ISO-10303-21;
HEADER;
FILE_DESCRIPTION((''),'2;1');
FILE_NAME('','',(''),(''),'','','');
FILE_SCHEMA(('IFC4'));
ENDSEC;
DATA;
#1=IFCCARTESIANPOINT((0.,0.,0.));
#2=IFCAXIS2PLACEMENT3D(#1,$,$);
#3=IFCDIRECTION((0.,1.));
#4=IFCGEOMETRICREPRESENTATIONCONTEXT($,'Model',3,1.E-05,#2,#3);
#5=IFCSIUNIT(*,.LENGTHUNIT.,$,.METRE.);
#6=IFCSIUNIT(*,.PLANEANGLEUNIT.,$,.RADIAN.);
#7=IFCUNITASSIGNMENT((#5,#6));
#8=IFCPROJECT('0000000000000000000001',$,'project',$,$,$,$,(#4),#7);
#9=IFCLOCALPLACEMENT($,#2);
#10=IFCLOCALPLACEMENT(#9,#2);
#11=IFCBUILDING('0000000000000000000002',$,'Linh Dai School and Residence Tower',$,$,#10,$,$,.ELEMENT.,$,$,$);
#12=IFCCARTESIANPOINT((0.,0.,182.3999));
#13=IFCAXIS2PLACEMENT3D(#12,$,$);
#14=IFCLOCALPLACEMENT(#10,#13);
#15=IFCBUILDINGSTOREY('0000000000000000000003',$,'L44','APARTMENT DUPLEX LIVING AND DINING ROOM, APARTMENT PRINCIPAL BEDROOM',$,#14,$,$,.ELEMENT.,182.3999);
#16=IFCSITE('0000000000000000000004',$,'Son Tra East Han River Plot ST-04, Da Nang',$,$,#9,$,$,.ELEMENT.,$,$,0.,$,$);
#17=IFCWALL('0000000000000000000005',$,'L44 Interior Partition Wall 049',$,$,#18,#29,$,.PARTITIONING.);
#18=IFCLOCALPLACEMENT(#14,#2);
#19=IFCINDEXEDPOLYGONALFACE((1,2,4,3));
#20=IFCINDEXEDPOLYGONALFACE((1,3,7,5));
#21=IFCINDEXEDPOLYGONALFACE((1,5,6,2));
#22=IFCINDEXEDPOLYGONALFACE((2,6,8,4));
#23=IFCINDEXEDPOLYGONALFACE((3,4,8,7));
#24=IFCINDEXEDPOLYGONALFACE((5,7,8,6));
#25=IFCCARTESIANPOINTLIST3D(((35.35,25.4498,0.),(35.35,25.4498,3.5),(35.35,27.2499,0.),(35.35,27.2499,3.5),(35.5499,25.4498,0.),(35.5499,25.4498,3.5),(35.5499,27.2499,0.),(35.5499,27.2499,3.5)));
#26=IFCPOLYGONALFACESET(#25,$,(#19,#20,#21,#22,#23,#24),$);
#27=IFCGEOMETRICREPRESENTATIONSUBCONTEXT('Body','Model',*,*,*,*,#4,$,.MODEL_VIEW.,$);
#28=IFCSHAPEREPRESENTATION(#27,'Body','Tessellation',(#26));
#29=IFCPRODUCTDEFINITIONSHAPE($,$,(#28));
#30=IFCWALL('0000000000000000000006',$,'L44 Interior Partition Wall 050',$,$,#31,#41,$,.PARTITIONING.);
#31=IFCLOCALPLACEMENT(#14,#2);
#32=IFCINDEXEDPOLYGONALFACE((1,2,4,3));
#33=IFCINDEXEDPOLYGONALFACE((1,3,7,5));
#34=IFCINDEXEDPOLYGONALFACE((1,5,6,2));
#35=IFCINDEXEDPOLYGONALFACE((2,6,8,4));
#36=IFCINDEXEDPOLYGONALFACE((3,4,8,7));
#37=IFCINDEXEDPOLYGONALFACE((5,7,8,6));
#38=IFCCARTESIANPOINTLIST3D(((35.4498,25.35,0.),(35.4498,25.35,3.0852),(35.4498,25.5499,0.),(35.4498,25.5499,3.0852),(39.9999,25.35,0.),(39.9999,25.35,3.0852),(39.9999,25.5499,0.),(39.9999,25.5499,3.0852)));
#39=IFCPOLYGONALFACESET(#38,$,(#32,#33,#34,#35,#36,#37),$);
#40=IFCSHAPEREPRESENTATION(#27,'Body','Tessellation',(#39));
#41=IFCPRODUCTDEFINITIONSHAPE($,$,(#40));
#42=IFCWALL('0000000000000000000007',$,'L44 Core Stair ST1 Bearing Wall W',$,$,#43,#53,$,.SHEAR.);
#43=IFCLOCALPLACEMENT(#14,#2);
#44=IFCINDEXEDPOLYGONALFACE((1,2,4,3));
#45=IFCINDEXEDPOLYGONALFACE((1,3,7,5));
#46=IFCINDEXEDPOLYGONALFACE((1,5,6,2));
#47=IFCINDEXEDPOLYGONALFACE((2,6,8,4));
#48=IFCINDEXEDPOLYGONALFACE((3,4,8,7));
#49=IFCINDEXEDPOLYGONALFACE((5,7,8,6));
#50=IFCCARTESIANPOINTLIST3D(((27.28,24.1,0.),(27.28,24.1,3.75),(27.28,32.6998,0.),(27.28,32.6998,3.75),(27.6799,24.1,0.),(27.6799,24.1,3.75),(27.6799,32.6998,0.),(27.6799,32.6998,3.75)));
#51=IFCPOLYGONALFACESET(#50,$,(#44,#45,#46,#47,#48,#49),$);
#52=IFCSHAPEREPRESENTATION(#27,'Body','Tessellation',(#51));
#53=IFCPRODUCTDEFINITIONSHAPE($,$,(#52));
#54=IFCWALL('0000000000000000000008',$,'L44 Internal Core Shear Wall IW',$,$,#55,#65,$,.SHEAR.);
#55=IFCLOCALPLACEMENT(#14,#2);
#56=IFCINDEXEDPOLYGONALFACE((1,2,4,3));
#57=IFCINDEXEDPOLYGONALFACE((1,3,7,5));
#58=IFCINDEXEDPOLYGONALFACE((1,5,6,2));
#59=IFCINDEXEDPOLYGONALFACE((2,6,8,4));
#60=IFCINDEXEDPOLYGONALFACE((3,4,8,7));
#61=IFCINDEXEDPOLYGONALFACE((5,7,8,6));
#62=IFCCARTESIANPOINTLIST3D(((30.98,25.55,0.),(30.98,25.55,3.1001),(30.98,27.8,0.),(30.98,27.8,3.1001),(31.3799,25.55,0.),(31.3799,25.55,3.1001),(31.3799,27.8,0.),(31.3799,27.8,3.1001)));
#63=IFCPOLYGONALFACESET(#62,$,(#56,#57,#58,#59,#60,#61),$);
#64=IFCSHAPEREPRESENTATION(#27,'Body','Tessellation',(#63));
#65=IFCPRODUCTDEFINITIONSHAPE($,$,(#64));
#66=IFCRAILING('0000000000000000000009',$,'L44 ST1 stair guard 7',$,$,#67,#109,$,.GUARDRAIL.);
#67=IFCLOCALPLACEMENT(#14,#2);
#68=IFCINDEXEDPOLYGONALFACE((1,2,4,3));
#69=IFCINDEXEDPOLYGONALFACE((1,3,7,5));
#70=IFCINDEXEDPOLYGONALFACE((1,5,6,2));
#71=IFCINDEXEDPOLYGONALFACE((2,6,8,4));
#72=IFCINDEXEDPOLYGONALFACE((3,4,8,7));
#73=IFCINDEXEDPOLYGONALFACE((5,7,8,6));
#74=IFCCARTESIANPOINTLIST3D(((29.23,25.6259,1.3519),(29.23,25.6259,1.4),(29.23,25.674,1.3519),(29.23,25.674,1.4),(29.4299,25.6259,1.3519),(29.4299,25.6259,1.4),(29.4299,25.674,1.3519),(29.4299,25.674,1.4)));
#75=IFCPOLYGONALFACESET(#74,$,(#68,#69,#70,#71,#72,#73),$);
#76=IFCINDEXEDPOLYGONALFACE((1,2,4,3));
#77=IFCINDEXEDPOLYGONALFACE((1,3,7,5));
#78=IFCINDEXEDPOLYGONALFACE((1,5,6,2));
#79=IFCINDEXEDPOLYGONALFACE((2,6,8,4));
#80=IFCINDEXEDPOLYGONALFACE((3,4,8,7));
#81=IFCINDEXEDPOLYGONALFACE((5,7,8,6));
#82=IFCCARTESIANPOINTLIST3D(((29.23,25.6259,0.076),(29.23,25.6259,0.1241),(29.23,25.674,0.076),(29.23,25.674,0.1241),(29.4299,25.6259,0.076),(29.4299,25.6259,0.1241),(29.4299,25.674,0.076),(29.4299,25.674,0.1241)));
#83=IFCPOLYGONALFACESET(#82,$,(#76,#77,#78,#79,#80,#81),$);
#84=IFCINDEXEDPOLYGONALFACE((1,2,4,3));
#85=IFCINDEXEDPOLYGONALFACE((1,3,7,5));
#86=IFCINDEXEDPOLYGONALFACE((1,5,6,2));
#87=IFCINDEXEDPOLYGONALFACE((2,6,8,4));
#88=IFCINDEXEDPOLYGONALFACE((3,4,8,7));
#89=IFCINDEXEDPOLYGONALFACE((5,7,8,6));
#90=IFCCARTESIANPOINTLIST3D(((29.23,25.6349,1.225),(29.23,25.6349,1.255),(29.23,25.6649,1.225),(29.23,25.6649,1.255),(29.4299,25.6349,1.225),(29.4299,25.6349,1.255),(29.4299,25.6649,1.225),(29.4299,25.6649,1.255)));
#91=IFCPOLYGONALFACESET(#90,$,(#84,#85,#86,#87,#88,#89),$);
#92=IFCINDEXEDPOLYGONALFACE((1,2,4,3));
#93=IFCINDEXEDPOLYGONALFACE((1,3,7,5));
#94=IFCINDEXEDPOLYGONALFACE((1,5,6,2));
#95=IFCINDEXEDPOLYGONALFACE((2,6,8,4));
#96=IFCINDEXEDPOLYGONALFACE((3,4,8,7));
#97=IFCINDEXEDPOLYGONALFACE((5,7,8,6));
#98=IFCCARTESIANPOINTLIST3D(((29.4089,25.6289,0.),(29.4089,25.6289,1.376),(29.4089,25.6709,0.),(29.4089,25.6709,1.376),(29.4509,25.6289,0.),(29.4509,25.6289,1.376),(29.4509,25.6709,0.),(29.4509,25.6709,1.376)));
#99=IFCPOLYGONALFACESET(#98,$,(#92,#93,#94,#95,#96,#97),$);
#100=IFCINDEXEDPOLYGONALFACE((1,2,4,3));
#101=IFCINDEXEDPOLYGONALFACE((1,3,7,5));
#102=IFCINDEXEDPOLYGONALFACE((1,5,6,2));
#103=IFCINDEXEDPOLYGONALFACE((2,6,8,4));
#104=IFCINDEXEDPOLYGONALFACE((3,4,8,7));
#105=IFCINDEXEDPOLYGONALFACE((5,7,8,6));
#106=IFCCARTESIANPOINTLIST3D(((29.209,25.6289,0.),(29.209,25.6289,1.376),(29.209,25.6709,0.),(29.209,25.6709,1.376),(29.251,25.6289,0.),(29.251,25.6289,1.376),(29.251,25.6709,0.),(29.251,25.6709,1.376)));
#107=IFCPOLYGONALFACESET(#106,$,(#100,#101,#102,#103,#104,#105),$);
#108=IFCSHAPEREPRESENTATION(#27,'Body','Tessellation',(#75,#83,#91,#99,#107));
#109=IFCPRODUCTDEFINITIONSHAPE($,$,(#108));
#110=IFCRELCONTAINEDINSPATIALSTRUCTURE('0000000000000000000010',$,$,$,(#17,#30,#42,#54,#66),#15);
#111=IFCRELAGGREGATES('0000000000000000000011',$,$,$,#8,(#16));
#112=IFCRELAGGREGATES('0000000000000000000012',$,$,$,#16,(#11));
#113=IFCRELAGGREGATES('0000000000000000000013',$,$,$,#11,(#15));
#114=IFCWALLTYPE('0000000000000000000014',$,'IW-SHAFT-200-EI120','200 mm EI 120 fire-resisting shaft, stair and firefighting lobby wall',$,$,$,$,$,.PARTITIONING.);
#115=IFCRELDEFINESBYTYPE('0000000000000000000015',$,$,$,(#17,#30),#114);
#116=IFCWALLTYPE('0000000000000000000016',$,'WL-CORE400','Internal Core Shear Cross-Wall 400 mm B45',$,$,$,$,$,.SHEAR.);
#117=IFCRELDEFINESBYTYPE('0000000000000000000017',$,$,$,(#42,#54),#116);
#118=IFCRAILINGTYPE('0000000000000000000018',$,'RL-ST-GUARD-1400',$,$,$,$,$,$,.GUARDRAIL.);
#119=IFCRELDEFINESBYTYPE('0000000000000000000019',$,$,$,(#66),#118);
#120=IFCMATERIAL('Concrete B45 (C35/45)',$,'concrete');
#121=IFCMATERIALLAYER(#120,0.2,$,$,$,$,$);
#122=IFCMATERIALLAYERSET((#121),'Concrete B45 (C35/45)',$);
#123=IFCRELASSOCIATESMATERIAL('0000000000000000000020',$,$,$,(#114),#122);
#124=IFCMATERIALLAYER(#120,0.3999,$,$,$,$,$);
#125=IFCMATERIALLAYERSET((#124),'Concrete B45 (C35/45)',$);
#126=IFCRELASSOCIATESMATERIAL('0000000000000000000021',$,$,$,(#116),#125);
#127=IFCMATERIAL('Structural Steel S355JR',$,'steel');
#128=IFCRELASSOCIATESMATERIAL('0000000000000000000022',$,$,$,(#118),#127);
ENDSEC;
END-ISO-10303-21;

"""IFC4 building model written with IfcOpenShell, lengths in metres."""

from ifc_helpers import new_model, si_unit, direction, frame, frame_2d, origin, origin_2d, place, context, subcontext, project, spatial, rectangle, extrude, source, transform, mapped, material, layer, layer_set, type_object, element, save


model = new_model("IFC4")

# Units and contexts
model_context = context("Model", 3, precision=1e-05, world=origin(), true_north=direction((0.0, 1.0)))
body_context = subcontext(model_context, "Body", "Model", "MODEL_VIEW")
ifc_project = project(units=[si_unit("LENGTHUNIT", "METRE"), si_unit("PLANEANGLEUNIT", "RADIAN")], contexts=[model_context])

# Site, building, storey
site_placement = place(None, origin())
site = spatial("IfcSite", under=ifc_project, at=site_placement, Name="Son Tra East Han River Plot ST-04, Da Nang", CompositionType="ELEMENT", RefElevation=0.0)
building_placement = place(site_placement, origin())
building = spatial("IfcBuilding", under=site, at=building_placement, Name="Linh Dai School and Residence Tower", CompositionType="ELEMENT")
storey_placement = place(building_placement, frame((0.0, 0.0, 182.3999)))
storey = spatial("IfcBuildingStorey", under=building, at=storey_placement, Name="L44", Description="APARTMENT DUPLEX LIVING AND DINING ROOM, APARTMENT PRINCIPAL BEDROOM", CompositionType="ELEMENT", Elevation=182.3999)

# Shared definitions
ifc_material_1 = material(Name="Structural Steel S355JR", Category="steel")

# Shared definitions
ifc_material_2 = material(Name="Concrete B45 (C35/45)", Category="concrete")
ifc_layer_1 = layer(ifc_material_2, 0.2)
ifc_layer_set_1 = layer_set([ifc_layer_1], Name="Concrete B45 (C35/45)")
wall_type_1 = type_object("IfcWallType", Name="IW-SHAFT-200-EI120", Description="200 mm EI 120 fire-resisting shaft, stair and firefighting lobby wall", PredefinedType="PARTITIONING", material=ifc_layer_set_1)

# Walls
wall_1_placement = place(storey_placement, frame((35.45, 25.45, 0.0), z_axis=(0.0, 0.0, 1.0), x_axis=(0.0, 1.0, 0.0)))
element("IfcWall", 1, at=wall_1_placement, inside=storey, type_object=wall_type_1, Name="L44 Interior Partition Wall 049", PredefinedType="PARTITIONING", context=body_context, shape_type="SweptSolid", body=[
    extrude(rectangle(XDim=1.8, YDim=0.2, at=frame_2d((0.8999, 0.0))), origin(), (0.0, 0.0, 1.0), 3.5),
])
wall_2_placement = place(storey_placement, frame((35.45, 25.45, 0.0), z_axis=(0.0, 0.0, 1.0), x_axis=(1.0, 0.0, 0.0)))
element("IfcWall", 2, at=wall_2_placement, inside=storey, type_object=wall_type_1, Name="L44 Interior Partition Wall 050", PredefinedType="PARTITIONING", context=body_context, shape_type="SweptSolid", body=[
    extrude(rectangle(XDim=4.55, YDim=0.2, at=frame_2d((2.2749, 0.0))), origin(), (0.0, 0.0, 1.0), 3.0852),
])
ifc_layer_2 = layer(ifc_material_2, 0.3999)
ifc_layer_set_2 = layer_set([ifc_layer_2], Name="Concrete B45 (C35/45)")
wall_type_2 = type_object("IfcWallType", Name="WL-CORE400", Description="Internal Core Shear Cross-Wall 400 mm B45", PredefinedType="SHEAR", material=ifc_layer_set_2)
wall_3_placement = place(storey_placement, frame((27.48, 24.1001, 0.0), z_axis=(0.0, 0.0, 1.0), x_axis=(0.0, 1.0, 0.0)))
element("IfcWall", 3, at=wall_3_placement, inside=storey, type_object=wall_type_2, Name="L44 Core Stair ST1 Bearing Wall W", PredefinedType="SHEAR", context=body_context, shape_type="SweptSolid", body=[
    extrude(rectangle(XDim=8.5999, YDim=0.3999, at=frame_2d((4.2998, 0.0))), origin(), (0.0, 0.0, 1.0), 3.75),
])
wall_4_placement = place(storey_placement, frame((31.1799, 25.55, 0.0), z_axis=(0.0, 0.0, 1.0), x_axis=(0.0, 1.0, 0.0)))
element("IfcWall", 4, at=wall_4_placement, inside=storey, type_object=wall_type_2, Name="L44 Internal Core Shear Wall IW", PredefinedType="SHEAR", context=body_context, shape_type="SweptSolid", body=[
    extrude(rectangle(XDim=2.25, YDim=0.3999, at=frame_2d((1.125, 0.0))), origin(), (0.0, 0.0, 1.0), 3.1001),
])

# Railing
railing_type = type_object("IfcRailingType", Name="RL-ST-GUARD-1400", PredefinedType="GUARDRAIL", material=ifc_material_1)
shared_shape_1 = source(origin(), body_context, "Body", "SweptSolid", [
    extrude(rectangle(XDim=0.0481, YDim=0.0481, at=origin_2d()), frame((0.0, 0.0, 1.376), z_axis=(-1.0, 0.0, 0.0), x_axis=(0.0, -1.0, 0.0)), (0.0, 0.0, 1.0), 0.2),
    extrude(rectangle(XDim=0.0481, YDim=0.0481, at=origin_2d()), frame((0.0, 0.0, 0.1001), z_axis=(-1.0, 0.0, 0.0), x_axis=(0.0, -1.0, 0.0)), (0.0, 0.0, 1.0), 0.2),
    extrude(rectangle(XDim=0.03, YDim=0.03, at=origin_2d()), frame((0.0, 0.0, 1.24), z_axis=(-1.0, 0.0, 0.0), x_axis=(0.0, -1.0, 0.0)), (0.0, 0.0, 1.0), 0.2),
    extrude(rectangle(XDim=0.042, YDim=0.042, at=origin_2d()), origin(), (0.0, 0.0, 1.0), 1.376),
    extrude(rectangle(XDim=0.042, YDim=0.042, at=origin_2d()), frame((-0.2, 0.0, 0.0)), (0.0, 0.0, 1.0), 1.376),
])
railing_placement = place(storey_placement, frame((29.4299, 25.6499, 0.0)))
element("IfcRailing", 5, at=railing_placement, inside=storey, type_object=railing_type, Name="L44 ST1 stair guard 7", PredefinedType="GUARDRAIL", context=body_context, shape_type="MappedRepresentation", body=[
    mapped(shared_shape_1, transform((0.0, 0.0, 0.0), x_axis=(1.0, 0.0, 0.0), y_axis=(0.0, 1.0, 0.0), z_axis=(0.0, 0.0, 1.0), scale=1.0)),
])

save(model, "model.ifc")
